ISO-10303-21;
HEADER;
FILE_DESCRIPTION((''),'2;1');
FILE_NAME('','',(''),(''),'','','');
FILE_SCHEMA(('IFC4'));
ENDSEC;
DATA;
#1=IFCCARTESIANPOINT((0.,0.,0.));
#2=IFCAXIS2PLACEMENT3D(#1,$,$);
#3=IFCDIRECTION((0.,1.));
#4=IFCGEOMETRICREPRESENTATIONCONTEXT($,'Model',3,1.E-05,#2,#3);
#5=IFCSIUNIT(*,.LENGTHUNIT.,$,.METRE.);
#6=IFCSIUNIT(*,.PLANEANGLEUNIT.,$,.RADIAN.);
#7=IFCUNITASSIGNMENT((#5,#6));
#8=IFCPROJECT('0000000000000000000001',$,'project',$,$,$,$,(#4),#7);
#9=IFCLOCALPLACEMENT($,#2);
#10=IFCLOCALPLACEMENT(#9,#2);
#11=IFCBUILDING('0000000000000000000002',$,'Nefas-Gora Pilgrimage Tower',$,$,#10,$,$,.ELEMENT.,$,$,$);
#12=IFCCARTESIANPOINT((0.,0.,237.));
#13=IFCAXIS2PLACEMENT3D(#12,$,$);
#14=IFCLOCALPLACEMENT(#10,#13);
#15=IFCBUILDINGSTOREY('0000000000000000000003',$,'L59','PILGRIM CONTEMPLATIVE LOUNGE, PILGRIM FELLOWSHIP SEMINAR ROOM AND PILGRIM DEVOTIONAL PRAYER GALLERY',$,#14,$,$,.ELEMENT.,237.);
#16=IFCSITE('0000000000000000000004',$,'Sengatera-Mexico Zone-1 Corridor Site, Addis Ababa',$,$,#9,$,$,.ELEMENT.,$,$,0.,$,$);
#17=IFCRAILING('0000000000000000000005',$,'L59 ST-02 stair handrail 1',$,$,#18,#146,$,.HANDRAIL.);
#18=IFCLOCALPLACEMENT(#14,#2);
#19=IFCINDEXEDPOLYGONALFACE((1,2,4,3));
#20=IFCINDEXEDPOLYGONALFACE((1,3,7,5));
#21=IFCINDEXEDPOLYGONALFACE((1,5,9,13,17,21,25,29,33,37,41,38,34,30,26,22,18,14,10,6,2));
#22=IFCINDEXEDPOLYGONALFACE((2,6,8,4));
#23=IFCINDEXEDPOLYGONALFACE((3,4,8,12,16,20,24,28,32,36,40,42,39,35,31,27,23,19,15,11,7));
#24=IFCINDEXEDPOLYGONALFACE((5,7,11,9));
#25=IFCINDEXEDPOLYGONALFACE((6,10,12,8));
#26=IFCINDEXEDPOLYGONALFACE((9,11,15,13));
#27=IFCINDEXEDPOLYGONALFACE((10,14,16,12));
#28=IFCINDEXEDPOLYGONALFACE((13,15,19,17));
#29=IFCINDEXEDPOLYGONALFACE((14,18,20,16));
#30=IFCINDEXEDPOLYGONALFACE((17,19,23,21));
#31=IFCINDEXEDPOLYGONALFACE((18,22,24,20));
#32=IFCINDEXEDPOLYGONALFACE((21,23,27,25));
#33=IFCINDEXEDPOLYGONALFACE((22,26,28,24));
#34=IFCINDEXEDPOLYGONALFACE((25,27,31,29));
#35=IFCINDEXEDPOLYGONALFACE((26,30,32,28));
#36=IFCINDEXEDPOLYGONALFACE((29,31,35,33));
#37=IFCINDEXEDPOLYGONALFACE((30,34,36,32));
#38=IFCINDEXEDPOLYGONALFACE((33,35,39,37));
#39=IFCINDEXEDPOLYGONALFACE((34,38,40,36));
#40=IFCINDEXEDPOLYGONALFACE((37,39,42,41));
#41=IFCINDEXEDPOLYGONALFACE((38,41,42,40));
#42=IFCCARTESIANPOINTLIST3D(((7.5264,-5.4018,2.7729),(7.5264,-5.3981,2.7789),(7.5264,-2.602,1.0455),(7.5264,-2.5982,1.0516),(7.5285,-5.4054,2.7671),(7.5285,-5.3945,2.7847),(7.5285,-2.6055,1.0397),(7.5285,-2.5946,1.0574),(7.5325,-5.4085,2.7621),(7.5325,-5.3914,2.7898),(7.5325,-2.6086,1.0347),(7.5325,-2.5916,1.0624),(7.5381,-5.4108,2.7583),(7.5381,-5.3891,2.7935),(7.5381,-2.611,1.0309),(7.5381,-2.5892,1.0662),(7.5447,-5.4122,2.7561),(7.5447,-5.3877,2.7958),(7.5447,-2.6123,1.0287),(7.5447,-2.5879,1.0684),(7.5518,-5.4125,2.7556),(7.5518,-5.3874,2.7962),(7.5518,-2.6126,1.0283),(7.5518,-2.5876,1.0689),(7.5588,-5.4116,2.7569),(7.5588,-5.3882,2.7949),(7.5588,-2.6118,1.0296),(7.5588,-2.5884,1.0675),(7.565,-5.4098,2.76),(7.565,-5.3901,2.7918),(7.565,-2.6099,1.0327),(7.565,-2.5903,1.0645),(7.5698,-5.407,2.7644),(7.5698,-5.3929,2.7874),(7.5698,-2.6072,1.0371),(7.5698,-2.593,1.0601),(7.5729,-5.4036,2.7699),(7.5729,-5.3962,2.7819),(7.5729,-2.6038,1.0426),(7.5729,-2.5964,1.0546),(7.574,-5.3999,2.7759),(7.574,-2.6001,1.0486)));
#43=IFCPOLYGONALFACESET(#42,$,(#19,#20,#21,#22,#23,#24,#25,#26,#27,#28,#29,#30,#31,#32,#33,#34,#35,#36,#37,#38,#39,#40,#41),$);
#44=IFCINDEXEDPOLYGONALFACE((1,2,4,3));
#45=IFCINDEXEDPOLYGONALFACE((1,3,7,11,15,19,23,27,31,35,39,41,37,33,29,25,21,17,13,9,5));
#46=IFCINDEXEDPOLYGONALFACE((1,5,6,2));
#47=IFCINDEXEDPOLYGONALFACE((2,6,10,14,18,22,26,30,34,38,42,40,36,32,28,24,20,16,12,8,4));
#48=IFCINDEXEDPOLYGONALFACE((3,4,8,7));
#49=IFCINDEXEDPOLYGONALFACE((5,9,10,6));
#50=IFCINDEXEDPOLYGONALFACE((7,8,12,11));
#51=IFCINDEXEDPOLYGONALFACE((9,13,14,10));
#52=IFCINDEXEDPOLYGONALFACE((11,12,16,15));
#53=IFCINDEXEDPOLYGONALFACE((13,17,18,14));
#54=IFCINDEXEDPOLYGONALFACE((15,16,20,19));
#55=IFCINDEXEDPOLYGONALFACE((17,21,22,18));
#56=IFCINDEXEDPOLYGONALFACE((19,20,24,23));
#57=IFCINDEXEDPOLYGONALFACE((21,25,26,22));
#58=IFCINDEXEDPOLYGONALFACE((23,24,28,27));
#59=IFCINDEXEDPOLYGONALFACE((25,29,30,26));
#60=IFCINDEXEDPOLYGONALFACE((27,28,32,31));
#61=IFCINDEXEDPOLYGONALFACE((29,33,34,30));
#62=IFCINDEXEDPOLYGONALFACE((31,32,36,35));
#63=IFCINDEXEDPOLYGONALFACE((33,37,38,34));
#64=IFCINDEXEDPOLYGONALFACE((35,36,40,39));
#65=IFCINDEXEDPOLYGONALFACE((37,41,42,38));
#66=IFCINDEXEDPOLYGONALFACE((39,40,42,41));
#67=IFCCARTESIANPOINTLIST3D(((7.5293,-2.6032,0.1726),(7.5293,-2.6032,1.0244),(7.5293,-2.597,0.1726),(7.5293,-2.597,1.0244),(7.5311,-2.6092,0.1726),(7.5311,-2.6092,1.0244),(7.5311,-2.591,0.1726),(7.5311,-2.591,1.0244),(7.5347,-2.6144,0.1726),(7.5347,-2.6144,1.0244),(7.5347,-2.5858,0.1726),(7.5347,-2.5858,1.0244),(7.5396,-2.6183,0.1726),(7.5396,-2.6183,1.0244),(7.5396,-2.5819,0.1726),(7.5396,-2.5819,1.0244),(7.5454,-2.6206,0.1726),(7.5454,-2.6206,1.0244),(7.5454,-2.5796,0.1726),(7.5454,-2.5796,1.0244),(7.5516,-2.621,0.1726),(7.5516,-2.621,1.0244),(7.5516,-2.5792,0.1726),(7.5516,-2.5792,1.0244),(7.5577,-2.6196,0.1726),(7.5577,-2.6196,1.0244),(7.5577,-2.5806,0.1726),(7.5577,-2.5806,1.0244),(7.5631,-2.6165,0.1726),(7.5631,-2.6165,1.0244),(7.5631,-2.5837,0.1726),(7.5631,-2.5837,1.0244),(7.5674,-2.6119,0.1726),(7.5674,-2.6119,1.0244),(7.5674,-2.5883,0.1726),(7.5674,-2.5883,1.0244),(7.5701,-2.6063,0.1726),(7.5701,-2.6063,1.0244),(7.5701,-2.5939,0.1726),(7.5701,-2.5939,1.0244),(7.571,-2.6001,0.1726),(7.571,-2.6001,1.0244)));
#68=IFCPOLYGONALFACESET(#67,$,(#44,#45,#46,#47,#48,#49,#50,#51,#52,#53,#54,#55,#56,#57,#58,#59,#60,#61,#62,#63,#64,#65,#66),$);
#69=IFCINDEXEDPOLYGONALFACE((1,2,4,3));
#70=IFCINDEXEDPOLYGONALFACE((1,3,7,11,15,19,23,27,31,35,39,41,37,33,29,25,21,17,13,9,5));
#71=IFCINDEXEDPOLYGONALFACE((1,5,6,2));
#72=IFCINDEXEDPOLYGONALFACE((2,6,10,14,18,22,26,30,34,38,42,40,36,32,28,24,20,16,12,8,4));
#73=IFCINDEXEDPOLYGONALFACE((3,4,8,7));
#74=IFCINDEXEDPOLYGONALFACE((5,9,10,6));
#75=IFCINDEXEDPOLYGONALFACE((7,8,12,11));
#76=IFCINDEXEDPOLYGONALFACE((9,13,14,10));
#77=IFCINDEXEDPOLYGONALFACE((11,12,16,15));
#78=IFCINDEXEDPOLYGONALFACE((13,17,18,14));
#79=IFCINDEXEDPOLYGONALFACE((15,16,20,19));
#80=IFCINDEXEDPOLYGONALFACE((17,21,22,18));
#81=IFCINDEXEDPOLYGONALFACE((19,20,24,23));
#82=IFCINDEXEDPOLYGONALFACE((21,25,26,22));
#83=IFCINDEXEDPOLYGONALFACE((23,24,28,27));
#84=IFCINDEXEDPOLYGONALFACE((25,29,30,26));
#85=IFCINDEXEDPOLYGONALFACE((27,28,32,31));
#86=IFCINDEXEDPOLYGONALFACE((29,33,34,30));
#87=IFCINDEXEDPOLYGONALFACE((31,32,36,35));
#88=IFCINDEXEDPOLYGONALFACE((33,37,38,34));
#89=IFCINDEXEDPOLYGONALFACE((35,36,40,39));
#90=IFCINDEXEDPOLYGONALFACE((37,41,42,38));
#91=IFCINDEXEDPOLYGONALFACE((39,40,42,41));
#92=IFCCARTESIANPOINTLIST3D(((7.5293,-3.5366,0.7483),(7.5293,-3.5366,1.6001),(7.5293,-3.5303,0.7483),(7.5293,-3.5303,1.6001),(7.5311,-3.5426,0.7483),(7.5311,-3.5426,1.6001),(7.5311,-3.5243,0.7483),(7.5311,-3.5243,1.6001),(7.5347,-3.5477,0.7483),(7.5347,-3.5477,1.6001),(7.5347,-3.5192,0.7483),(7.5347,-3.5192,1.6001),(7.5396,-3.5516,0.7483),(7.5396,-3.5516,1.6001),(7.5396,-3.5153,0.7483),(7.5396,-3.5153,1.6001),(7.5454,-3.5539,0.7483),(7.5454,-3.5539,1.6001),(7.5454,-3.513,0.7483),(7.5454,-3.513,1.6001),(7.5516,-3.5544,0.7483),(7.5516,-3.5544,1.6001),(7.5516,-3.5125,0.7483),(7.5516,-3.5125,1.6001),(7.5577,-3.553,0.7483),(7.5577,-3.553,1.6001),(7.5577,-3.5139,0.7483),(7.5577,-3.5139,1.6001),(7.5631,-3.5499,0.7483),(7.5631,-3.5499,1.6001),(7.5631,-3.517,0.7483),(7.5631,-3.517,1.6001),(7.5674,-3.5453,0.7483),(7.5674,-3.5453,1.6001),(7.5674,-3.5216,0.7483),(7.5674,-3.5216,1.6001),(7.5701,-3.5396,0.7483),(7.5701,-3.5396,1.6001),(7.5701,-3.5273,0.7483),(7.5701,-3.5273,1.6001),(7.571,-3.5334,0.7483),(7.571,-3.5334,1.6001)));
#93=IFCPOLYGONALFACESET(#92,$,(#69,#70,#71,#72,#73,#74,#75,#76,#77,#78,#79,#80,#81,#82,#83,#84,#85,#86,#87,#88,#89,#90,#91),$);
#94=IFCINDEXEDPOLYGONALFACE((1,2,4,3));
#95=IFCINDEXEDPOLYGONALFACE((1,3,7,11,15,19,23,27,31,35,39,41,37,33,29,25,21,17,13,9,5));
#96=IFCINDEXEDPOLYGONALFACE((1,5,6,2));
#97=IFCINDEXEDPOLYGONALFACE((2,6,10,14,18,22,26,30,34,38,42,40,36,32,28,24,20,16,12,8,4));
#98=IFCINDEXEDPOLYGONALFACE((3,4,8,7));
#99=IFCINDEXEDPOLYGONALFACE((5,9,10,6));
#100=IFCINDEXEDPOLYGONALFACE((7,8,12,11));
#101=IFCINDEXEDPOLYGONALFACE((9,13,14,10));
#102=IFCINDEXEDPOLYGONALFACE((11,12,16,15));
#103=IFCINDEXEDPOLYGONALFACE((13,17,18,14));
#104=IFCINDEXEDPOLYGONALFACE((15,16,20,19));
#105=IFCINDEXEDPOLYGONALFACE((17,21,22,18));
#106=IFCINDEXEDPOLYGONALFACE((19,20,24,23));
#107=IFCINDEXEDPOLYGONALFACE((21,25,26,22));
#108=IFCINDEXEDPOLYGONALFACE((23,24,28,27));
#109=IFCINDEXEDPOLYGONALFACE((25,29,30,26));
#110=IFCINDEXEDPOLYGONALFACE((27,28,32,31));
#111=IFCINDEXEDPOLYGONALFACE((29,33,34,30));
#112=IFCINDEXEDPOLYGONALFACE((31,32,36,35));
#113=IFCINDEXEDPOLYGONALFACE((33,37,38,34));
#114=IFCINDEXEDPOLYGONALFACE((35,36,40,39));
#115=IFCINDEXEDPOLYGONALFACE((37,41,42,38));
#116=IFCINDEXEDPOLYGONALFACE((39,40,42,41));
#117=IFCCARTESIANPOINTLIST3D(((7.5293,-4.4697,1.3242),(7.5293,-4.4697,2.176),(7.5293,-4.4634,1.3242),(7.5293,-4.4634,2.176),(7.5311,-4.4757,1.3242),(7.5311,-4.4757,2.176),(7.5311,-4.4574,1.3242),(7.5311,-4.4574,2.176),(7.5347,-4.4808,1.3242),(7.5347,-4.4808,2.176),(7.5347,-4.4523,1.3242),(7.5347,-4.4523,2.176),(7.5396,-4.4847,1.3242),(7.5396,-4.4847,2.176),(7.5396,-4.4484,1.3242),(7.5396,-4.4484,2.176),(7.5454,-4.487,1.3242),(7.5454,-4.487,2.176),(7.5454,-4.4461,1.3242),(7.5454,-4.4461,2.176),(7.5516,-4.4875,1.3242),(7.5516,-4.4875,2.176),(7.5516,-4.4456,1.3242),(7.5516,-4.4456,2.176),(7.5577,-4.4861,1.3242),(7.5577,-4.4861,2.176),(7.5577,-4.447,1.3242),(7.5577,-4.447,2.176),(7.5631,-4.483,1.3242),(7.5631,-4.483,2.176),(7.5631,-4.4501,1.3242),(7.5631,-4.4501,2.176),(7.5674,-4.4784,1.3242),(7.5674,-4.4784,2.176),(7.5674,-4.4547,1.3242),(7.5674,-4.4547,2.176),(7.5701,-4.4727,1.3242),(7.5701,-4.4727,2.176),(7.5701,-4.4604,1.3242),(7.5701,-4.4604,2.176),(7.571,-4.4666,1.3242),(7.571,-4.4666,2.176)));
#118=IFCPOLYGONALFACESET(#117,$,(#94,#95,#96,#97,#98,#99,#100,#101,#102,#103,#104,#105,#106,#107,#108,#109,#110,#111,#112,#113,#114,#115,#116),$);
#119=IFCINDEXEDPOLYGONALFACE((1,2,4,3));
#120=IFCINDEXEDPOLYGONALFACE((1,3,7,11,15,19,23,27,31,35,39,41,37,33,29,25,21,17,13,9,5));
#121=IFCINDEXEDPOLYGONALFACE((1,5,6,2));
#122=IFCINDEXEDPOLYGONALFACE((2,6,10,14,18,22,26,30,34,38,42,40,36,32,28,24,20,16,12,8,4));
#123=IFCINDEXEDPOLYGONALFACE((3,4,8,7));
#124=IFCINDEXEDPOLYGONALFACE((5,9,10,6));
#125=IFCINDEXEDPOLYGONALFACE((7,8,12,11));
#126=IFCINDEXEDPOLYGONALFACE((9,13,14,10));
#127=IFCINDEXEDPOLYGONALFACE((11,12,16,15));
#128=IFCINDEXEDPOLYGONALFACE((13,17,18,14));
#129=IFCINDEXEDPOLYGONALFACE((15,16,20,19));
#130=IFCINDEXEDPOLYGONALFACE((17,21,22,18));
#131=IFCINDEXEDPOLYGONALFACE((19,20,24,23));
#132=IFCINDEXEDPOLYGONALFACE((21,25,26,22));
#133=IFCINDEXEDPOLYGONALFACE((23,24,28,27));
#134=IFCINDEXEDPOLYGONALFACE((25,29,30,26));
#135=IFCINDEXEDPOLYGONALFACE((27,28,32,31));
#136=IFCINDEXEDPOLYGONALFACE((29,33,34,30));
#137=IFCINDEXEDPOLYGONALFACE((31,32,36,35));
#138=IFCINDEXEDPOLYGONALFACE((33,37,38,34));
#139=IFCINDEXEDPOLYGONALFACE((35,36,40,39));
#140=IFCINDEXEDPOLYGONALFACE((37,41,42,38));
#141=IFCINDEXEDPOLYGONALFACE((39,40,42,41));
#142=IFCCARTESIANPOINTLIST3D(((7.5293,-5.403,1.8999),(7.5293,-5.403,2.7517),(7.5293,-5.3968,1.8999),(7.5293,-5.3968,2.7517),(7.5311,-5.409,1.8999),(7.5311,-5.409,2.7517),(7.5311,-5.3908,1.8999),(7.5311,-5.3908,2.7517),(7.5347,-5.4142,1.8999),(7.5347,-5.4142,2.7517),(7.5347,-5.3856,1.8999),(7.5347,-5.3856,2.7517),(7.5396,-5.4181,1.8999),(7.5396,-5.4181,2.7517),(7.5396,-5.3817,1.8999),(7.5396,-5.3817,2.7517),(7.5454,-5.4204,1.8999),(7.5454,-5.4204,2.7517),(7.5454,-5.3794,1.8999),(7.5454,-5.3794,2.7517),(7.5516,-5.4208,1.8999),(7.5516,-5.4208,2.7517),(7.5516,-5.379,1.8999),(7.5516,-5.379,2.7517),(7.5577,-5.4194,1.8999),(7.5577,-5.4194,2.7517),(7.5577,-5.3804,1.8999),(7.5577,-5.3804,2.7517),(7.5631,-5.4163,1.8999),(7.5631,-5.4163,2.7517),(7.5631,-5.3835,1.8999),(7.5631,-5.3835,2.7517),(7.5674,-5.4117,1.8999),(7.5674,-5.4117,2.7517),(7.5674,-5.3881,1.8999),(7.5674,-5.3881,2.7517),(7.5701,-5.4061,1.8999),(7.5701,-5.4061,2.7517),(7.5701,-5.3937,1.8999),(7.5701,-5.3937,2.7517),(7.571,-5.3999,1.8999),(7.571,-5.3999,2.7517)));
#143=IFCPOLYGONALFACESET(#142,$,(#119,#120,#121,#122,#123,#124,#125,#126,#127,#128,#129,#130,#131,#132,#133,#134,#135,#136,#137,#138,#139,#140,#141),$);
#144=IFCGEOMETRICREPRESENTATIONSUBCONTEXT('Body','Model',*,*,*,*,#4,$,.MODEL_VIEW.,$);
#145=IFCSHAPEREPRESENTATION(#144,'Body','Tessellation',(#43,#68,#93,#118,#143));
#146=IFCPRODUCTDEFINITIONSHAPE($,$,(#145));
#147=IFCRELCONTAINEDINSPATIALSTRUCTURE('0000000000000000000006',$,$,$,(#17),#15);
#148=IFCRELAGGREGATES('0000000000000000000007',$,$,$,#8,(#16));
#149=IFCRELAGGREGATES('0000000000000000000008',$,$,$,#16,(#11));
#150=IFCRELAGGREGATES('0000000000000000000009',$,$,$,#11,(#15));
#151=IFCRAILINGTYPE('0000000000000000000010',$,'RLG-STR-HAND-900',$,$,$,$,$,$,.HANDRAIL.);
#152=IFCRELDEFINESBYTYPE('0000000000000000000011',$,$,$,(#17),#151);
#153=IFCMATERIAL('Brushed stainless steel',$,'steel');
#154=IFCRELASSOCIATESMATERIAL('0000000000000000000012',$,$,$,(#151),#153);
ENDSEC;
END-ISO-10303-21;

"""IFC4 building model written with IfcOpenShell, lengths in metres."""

from ifc_helpers import new_model, si_unit, direction, frame, origin, origin_2d, place, context, subcontext, project, spatial, circle, extrude, material, type_object, element, save


model = new_model("IFC4")

# Units and contexts
model_context = context("Model", 3, precision=1e-05, world=origin(), true_north=direction((0.0, 1.0)))
body_context = subcontext(model_context, "Body", "Model", "MODEL_VIEW")
ifc_project = project(units=[si_unit("LENGTHUNIT", "METRE"), si_unit("PLANEANGLEUNIT", "RADIAN")], contexts=[model_context])

# Site, building, storey
site_placement = place(None, origin())
site = spatial("IfcSite", under=ifc_project, at=site_placement, Name="Sengatera-Mexico Zone-1 Corridor Site, Addis Ababa", CompositionType="ELEMENT", RefElevation=0.0)
building_placement = place(site_placement, origin())
building = spatial("IfcBuilding", under=site, at=building_placement, Name="Nefas-Gora Pilgrimage Tower", CompositionType="ELEMENT")
storey_placement = place(building_placement, frame((0.0, 0.0, 237.0)))
storey = spatial("IfcBuildingStorey", under=building, at=storey_placement, Name="L59", Description="PILGRIM CONTEMPLATIVE LOUNGE, PILGRIM FELLOWSHIP SEMINAR ROOM AND PILGRIM DEVOTIONAL PRAYER GALLERY", CompositionType="ELEMENT", Elevation=237.0)

# Railing
ifc_material_1 = material(Name="Brushed stainless steel", Category="steel")
railing_type_1 = type_object("IfcRailingType", Name="RLG-STR-HAND-900", PredefinedType="HANDRAIL", material=ifc_material_1)
railing_1_placement = place(storey_placement, frame((7.55, -2.6001, 0.1726)))
element("IfcRailing", 1, at=railing_1_placement, inside=storey, type_object=railing_type_1, Name="L59 ST-02 stair handrail 1", PredefinedType="HANDRAIL", context=body_context, shape_type="SweptSolid", body=[
    extrude(circle(Radius=0.0239, at=origin_2d()), frame((0.0, 0.0, 0.876), z_axis=(0.0, -0.851069, 0.525054), x_axis=(1.0, 0.0, 0.0)), (0.0, 0.0, 1.0), 3.2898),
    extrude(circle(Radius=0.021, at=origin_2d()), origin(), (0.0, 0.0, 1.0), 0.8518),
    extrude(circle(Radius=0.021, at=origin_2d()), frame((0.0, -0.9333, 0.5757)), (0.0, 0.0, 1.0), 0.8518),
    extrude(circle(Radius=0.021, at=origin_2d()), frame((0.0, -1.8665, 1.1516)), (0.0, 0.0, 1.0), 0.8518),
    extrude(circle(Radius=0.021, at=origin_2d()), frame((0.0, -2.7998, 1.7273)), (0.0, 0.0, 1.0), 0.8518),
])

save(model, "model.ifc")
